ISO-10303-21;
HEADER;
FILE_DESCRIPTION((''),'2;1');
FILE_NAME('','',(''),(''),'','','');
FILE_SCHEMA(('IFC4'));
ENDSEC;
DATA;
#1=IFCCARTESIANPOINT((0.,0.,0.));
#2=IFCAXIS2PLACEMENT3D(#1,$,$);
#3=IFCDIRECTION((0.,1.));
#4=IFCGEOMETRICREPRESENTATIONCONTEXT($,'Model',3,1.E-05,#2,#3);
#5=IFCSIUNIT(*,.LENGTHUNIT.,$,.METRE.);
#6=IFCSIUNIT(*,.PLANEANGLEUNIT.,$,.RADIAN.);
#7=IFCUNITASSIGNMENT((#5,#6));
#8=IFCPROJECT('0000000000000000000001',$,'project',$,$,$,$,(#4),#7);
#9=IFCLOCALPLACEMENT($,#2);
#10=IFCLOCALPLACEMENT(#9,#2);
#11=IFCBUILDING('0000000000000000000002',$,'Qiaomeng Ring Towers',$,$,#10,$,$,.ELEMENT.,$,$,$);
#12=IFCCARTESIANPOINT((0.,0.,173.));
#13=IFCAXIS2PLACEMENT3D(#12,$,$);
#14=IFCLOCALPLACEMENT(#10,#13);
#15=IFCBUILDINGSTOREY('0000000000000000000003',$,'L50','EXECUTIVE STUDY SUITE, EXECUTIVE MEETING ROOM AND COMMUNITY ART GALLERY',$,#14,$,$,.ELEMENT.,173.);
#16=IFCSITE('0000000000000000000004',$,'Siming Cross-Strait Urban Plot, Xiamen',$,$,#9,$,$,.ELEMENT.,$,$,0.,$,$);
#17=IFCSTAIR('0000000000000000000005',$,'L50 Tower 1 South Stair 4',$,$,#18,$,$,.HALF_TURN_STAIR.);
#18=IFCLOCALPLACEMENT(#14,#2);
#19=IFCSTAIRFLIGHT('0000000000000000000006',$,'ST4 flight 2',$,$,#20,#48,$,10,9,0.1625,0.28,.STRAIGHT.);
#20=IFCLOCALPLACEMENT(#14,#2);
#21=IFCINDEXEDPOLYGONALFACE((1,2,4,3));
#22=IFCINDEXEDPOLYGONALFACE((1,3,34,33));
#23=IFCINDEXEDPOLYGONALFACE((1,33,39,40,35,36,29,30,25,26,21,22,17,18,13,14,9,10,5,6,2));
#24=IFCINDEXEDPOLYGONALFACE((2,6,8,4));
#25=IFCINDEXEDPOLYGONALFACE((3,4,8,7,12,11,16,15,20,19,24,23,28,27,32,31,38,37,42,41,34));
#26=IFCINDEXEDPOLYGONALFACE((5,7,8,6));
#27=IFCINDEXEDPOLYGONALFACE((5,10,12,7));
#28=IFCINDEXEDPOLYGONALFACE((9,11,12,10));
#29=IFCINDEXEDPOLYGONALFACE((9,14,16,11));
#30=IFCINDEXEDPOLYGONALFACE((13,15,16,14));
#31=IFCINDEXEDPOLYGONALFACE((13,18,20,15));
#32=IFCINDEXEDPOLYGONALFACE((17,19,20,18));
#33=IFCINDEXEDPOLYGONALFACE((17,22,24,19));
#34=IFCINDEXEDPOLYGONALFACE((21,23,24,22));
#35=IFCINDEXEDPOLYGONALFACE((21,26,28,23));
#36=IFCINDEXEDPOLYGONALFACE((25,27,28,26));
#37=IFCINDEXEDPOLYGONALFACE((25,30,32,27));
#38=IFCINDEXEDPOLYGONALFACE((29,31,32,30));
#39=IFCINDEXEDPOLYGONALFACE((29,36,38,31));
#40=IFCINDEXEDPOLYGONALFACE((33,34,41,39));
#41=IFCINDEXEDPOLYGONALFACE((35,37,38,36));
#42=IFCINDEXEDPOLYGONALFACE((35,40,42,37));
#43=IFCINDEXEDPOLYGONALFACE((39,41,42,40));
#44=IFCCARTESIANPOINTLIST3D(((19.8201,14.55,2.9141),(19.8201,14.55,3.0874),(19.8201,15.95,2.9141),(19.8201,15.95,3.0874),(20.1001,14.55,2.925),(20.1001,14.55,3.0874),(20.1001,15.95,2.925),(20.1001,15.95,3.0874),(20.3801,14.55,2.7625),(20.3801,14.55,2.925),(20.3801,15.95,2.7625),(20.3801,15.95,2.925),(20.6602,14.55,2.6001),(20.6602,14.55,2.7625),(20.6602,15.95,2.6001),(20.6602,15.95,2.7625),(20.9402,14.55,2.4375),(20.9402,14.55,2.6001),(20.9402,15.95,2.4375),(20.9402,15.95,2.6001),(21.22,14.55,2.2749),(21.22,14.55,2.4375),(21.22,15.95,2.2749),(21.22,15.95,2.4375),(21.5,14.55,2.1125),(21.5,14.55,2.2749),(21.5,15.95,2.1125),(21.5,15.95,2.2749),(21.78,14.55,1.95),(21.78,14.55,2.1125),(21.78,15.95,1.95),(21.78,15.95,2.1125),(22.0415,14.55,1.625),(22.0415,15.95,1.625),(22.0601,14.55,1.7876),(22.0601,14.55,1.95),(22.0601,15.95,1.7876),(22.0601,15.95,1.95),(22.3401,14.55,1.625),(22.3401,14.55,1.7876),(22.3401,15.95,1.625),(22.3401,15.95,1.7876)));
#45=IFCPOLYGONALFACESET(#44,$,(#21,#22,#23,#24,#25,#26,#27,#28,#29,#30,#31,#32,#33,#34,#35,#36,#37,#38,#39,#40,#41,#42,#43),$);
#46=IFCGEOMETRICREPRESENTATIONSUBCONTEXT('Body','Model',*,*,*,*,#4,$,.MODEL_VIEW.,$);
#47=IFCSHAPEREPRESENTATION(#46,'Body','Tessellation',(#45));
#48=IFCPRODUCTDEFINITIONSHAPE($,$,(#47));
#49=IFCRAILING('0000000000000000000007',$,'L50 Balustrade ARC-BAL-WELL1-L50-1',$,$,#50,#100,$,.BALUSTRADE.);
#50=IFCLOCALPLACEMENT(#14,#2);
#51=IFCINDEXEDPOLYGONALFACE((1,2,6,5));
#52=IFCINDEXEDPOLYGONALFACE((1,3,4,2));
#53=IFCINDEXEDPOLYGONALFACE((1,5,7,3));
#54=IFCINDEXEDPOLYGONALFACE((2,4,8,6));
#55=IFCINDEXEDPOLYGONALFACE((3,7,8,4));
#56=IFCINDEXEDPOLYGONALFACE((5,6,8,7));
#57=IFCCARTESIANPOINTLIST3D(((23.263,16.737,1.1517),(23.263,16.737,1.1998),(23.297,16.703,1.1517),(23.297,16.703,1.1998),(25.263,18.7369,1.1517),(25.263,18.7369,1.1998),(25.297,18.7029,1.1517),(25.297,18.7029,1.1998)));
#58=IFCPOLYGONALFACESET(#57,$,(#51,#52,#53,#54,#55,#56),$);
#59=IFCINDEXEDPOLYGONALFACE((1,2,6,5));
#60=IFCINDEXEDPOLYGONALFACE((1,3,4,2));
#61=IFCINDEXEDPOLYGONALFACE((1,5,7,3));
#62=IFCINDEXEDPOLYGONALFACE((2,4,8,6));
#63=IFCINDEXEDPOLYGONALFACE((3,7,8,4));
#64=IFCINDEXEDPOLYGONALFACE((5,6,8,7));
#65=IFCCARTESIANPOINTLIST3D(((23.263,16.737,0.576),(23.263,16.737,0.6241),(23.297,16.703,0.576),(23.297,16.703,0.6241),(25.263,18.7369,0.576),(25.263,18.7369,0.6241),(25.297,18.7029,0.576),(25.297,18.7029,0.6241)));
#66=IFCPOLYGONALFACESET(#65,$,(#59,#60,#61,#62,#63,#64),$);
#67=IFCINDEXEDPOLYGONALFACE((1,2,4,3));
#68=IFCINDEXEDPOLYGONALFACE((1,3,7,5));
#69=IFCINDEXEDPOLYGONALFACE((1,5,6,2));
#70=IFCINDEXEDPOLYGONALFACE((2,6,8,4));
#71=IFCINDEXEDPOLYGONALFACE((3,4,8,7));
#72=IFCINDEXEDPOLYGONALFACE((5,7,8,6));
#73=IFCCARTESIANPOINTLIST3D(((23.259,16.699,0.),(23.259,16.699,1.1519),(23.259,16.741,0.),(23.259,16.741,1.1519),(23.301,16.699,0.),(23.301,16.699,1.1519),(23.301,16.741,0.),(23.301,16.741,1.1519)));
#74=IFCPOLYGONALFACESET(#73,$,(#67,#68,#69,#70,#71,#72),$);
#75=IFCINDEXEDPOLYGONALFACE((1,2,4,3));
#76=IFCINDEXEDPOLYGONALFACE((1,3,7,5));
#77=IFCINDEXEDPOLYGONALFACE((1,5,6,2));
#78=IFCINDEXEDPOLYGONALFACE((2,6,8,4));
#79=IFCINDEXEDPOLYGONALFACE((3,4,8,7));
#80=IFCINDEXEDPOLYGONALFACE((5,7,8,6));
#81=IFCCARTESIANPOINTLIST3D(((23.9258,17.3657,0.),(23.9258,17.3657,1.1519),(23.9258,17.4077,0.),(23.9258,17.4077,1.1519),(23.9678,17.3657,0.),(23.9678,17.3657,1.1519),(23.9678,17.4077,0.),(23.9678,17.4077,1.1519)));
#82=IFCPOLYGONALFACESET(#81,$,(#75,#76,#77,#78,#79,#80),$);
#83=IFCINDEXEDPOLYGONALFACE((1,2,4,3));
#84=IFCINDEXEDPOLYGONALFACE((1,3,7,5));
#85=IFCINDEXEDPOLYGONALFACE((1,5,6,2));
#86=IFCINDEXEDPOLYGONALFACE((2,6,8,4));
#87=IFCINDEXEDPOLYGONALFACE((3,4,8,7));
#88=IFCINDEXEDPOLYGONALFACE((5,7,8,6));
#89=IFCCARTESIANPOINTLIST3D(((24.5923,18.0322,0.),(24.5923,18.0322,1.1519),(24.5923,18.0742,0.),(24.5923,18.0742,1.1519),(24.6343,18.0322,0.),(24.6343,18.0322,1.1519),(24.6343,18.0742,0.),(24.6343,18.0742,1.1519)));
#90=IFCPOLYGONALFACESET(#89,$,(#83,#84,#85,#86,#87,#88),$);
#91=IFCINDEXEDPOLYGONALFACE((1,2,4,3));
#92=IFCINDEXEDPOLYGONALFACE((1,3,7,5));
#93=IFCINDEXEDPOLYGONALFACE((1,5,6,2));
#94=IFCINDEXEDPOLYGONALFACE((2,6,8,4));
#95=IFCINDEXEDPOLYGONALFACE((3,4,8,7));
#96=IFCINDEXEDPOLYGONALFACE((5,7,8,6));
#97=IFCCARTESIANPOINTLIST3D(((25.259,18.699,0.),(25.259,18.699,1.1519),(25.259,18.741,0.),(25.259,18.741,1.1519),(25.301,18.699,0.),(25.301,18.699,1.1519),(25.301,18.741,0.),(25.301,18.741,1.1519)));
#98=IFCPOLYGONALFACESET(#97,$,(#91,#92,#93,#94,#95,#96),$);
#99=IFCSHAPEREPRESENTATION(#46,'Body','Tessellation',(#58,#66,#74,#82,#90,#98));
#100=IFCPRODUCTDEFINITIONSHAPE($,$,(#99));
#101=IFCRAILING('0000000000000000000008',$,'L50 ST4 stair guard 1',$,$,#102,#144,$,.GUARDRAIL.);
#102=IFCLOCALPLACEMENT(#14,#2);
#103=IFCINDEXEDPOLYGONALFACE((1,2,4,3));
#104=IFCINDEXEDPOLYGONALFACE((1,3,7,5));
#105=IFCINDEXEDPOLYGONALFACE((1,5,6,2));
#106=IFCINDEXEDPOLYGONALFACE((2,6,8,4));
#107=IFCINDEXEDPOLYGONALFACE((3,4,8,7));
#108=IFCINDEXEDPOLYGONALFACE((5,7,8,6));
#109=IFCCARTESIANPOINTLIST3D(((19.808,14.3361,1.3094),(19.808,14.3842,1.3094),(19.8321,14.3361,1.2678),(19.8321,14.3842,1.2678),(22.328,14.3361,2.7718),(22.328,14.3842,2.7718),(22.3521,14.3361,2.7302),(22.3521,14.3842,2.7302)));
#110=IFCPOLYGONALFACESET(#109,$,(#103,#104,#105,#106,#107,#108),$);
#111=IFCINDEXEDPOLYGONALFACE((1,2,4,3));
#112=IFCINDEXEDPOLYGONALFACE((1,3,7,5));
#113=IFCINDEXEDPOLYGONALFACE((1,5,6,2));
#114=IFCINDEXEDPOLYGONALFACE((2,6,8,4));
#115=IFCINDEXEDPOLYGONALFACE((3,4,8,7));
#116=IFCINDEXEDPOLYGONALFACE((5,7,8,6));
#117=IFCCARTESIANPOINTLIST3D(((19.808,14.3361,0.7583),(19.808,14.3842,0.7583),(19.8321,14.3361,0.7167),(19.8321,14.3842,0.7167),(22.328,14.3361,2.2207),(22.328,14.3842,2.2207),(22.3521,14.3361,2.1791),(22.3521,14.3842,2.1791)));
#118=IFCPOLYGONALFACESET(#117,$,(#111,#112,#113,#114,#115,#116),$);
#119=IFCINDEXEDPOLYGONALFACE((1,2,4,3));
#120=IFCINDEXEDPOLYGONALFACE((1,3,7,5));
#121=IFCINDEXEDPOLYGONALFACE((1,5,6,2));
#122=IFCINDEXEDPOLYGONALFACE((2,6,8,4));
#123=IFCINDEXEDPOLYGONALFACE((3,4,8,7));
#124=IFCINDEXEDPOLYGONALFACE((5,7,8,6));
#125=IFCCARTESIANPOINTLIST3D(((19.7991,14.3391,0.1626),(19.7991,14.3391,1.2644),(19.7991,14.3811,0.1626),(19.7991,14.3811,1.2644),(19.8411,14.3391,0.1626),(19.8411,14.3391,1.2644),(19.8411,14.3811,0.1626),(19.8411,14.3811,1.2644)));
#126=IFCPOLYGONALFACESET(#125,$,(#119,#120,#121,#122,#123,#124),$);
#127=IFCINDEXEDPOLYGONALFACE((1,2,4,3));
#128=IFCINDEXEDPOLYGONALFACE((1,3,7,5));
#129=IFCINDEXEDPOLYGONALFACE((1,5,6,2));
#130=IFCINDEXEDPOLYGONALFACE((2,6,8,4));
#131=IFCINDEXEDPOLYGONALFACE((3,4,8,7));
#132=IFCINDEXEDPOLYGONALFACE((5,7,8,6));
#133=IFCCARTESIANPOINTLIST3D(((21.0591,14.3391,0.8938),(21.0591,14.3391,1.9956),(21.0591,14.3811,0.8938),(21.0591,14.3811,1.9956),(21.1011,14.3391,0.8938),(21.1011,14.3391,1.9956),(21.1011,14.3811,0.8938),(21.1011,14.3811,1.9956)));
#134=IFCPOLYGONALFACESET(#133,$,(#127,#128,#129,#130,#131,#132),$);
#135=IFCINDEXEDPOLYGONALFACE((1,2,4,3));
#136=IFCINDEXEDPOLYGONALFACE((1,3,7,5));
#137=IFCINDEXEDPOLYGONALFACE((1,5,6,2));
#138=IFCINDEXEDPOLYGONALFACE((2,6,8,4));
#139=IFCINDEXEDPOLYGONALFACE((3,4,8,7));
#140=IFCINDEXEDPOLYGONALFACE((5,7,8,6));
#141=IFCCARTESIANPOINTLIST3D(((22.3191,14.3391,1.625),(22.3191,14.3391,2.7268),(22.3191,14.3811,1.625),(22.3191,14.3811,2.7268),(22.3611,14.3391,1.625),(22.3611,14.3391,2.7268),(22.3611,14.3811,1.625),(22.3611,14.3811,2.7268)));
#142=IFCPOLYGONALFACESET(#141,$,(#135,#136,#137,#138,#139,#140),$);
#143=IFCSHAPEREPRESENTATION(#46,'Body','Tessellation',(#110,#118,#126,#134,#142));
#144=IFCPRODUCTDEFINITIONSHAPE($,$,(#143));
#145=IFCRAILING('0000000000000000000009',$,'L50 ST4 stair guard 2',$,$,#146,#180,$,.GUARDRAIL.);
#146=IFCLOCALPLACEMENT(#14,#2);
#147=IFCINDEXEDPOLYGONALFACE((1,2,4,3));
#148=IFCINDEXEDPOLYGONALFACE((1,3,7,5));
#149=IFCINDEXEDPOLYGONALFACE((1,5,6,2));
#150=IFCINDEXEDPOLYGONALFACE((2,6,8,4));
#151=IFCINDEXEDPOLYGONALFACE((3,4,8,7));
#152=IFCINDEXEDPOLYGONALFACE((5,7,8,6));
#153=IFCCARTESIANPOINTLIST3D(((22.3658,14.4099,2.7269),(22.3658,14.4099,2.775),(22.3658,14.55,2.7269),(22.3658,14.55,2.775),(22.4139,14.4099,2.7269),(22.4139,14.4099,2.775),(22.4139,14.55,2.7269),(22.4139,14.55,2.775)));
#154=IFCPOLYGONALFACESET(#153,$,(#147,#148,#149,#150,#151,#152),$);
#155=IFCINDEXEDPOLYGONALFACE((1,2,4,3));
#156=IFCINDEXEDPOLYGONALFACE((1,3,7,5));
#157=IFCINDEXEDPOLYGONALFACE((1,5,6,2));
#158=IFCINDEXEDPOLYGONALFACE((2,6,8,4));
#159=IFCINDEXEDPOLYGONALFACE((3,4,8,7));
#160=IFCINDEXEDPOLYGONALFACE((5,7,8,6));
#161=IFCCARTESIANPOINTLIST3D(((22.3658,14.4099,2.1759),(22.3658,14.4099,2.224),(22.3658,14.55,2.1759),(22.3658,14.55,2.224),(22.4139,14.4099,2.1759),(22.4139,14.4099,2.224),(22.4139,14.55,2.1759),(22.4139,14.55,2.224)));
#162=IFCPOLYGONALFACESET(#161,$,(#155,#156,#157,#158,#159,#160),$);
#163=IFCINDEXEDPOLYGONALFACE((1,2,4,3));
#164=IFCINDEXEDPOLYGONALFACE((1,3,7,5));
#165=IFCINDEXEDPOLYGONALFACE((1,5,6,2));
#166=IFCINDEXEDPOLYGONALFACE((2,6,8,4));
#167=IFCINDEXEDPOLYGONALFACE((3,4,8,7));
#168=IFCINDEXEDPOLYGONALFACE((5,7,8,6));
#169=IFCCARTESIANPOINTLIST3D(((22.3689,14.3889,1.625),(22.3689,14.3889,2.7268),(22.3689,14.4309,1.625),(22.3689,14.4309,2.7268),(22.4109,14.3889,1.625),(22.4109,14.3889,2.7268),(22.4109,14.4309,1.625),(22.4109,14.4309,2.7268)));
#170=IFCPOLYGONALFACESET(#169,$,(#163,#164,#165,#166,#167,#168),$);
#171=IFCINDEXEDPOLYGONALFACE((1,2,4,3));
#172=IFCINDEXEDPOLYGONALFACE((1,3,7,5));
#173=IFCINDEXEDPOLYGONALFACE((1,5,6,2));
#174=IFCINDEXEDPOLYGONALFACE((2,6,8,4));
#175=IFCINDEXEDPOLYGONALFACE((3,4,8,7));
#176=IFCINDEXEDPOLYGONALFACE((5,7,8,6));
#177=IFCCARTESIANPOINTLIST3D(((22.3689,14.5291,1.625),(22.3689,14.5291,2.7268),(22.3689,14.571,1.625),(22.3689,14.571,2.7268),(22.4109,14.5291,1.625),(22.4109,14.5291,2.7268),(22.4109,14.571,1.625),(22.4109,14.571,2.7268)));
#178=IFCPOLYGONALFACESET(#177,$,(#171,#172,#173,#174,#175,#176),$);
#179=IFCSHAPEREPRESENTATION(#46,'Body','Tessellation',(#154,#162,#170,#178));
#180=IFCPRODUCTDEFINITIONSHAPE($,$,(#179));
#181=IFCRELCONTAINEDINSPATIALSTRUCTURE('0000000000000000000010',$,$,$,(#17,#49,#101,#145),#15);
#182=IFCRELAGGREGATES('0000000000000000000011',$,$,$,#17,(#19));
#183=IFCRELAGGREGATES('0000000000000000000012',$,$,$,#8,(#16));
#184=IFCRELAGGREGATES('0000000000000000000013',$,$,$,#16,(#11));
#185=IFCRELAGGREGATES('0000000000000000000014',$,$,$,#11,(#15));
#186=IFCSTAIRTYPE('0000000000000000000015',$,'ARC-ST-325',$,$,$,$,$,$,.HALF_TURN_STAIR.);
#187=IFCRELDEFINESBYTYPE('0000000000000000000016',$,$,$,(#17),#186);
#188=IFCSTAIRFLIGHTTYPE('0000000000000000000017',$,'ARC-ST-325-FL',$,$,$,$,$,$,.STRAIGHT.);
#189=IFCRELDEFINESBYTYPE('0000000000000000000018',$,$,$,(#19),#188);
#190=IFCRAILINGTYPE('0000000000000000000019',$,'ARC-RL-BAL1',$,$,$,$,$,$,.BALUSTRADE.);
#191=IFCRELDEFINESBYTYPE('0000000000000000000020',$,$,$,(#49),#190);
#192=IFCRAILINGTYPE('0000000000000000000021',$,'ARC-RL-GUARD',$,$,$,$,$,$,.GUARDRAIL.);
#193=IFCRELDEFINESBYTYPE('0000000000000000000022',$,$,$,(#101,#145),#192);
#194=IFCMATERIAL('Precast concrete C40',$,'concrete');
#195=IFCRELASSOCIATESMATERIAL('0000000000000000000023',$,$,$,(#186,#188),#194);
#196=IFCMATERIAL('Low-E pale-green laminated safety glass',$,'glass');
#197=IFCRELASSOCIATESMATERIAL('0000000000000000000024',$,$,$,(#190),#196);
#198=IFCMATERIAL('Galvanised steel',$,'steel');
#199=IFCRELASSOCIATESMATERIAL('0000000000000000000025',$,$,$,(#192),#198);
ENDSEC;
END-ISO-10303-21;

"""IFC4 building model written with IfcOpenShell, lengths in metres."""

from ifc_helpers import new_model, si_unit, direction, frame, origin, origin_2d, place, context, subcontext, project, spatial, polyline, rectangle, outline, extrude, source, transform, mapped, material, type_object, element, aggregate, save


model = new_model("IFC4")

# Units and contexts
model_context = context("Model", 3, precision=1e-05, world=origin(), true_north=direction((0.0, 1.0)))
body_context = subcontext(model_context, "Body", "Model", "MODEL_VIEW")
ifc_project = project(units=[si_unit("LENGTHUNIT", "METRE"), si_unit("PLANEANGLEUNIT", "RADIAN")], contexts=[model_context])

# Site, building, storey
site_placement = place(None, origin())
site = spatial("IfcSite", under=ifc_project, at=site_placement, Name="Siming Cross-Strait Urban Plot, Xiamen", CompositionType="ELEMENT", RefElevation=0.0)
building_placement = place(site_placement, origin())
building = spatial("IfcBuilding", under=site, at=building_placement, Name="Qiaomeng Ring Towers", CompositionType="ELEMENT")
storey_placement = place(building_placement, frame((0.0, 0.0, 173.0)))
storey = spatial("IfcBuildingStorey", under=building, at=storey_placement, Name="L50", Description="EXECUTIVE STUDY SUITE, EXECUTIVE MEETING ROOM AND COMMUNITY ART GALLERY", CompositionType="ELEMENT", Elevation=173.0)

# Shared definitions
ifc_material_1 = material(Name="Galvanised steel", Category="steel")

# Stair, stair flight
ifc_material_2 = material(Name="Precast concrete C40", Category="concrete")
stair_type = type_object("IfcStairType", Name="ARC-ST-325", PredefinedType="HALF_TURN_STAIR", material=ifc_material_2)
stair_placement = place(storey_placement, origin())
stair = element("IfcStair", 1, at=stair_placement, inside=storey, type_object=stair_type, Name="L50 Tower 1 South Stair 4", PredefinedType="HALF_TURN_STAIR")
stair_flight_type = type_object("IfcStairFlightType", Name="ARC-ST-325-FL", PredefinedType="STRAIGHT", material=ifc_material_2)
shared_shape_1 = source(origin(), body_context, "Body", "SweptSolid", [
    extrude(outline(polyline([(0.0, 0.0), (0.0, 0.1626), (0.28, 0.1626), (0.28, 0.325), (0.5601, 0.325), (0.5601, 0.4875), (0.8401, 0.4875), (0.8401, 0.6499), (1.1201, 0.6499), (1.1201, 0.8125), (1.3999, 0.8125), (1.3999, 0.9751), (1.6799, 0.9751), (1.6799, 1.1375), (1.96, 1.1375), (1.96, 1.3), (2.24, 1.3), (2.24, 1.4624), (2.52, 1.4624), (2.52, 1.625), (2.52, 1.2891), (0.2986, 0.0), (0.0, 0.0)])), frame((0.0, 0.7, 0.0), z_axis=(0.0, -1.0, 0.0), x_axis=(1.0, 0.0, 0.0)), (0.0, 0.0, 1.0), 1.3999),
])
stair_flight_1_placement = place(storey_placement, frame((22.3401, 15.25, 1.625), z_axis=(0.0, 0.0, 1.0), x_axis=(-1.0, 0.0, 0.0)))
stair_flight_1 = element("IfcStairFlight", 2, at=stair_flight_1_placement, type_object=stair_flight_type, Name="ST4 flight 2", NumberOfRisers=10, NumberOfTreads=9, PredefinedType="STRAIGHT", RiserHeight=0.1625, TreadLength=0.28, context=body_context, shape_type="MappedRepresentation", body=[
    mapped(shared_shape_1, transform((0.0, 0.0, 0.0), x_axis=(1.0, 0.0, 0.0), y_axis=(0.0, 1.0, 0.0), z_axis=(0.0, 0.0, 1.0), scale=1.0)),
])
aggregate(stair, [stair_flight_1])

# Railings
ifc_material_3 = material(Name="Low-E pale-green laminated safety glass", Category="glass")
railing_type_1 = type_object("IfcRailingType", Name="ARC-RL-BAL1", PredefinedType="BALUSTRADE", material=ifc_material_3)
railing_1_placement = place(storey_placement, frame((23.28, 16.72, 0.0)))
element("IfcRailing", 3, at=railing_1_placement, inside=storey, type_object=railing_type_1, Name="L50 Balustrade ARC-BAL-WELL1-L50-1", PredefinedType="BALUSTRADE", context=body_context, shape_type="SweptSolid", body=[
    extrude(rectangle(XDim=0.0481, YDim=0.0481, at=origin_2d()), frame((0.0, 0.0, 1.1758), z_axis=(0.707107, 0.707107, 0.0), x_axis=(-0.707107, 0.707107, 0.0)), (0.0, 0.0, 1.0), 2.8284),
    extrude(rectangle(XDim=0.0481, YDim=0.0481, at=origin_2d()), frame((0.0, 0.0, 0.6001), z_axis=(0.707107, 0.707107, 0.0), x_axis=(-0.707107, 0.707107, 0.0)), (0.0, 0.0, 1.0), 2.8284),
    extrude(rectangle(XDim=0.042, YDim=0.042, at=origin_2d()), origin(), (0.0, 0.0, 1.0), 1.1519),
    extrude(rectangle(XDim=0.042, YDim=0.042, at=origin_2d()), frame((0.6667, 0.6667, 0.0)), (0.0, 0.0, 1.0), 1.1519),
    extrude(rectangle(XDim=0.042, YDim=0.042, at=origin_2d()), frame((1.3333, 1.3333, 0.0)), (0.0, 0.0, 1.0), 1.1519),
    extrude(rectangle(XDim=0.042, YDim=0.042, at=origin_2d()), frame((2.0, 2.0, 0.0)), (0.0, 0.0, 1.0), 1.1519),
])
railing_type_2 = type_object("IfcRailingType", Name="ARC-RL-GUARD", PredefinedType="GUARDRAIL", material=ifc_material_1)
railing_2_placement = place(storey_placement, frame((19.8201, 14.3601, 0.1626)))
element("IfcRailing", 4, at=railing_2_placement, inside=storey, type_object=railing_type_2, Name="L50 ST4 stair guard 1", PredefinedType="GUARDRAIL", context=body_context, shape_type="SweptSolid", body=[
    extrude(rectangle(XDim=0.0481, YDim=0.0481, at=origin_2d()), frame((0.0, 0.0, 1.126), z_axis=(0.864913, 0.0, 0.501921), x_axis=(0.0, 1.0, 0.0)), (0.0, 0.0, 1.0), 2.9136),
    extrude(rectangle(XDim=0.0481, YDim=0.0481, at=origin_2d()), frame((0.0, 0.0, 0.575), z_axis=(0.864913, 0.0, 0.501921), x_axis=(0.0, 1.0, 0.0)), (0.0, 0.0, 1.0), 2.9136),
    extrude(rectangle(XDim=0.042, YDim=0.042, at=origin_2d()), origin(), (0.0, 0.0, 1.0), 1.1018),
    extrude(rectangle(XDim=0.042, YDim=0.042, at=origin_2d()), frame((1.26, 0.0, 0.7312)), (0.0, 0.0, 1.0), 1.1018),
    extrude(rectangle(XDim=0.042, YDim=0.042, at=origin_2d()), frame((2.52, 0.0, 1.4624)), (0.0, 0.0, 1.0), 1.1018),
])
railing_3_placement = place(storey_placement, frame((22.3899, 14.4099, 1.625)))
element("IfcRailing", 5, at=railing_3_placement, inside=storey, type_object=railing_type_2, Name="L50 ST4 stair guard 2", PredefinedType="GUARDRAIL", context=body_context, shape_type="SweptSolid", body=[
    extrude(rectangle(XDim=0.0481, YDim=0.0481, at=origin_2d()), frame((0.0, 0.0, 1.126), z_axis=(0.0, 1.0, 0.0), x_axis=(-1.0, 0.0, 0.0)), (0.0, 0.0, 1.0), 0.1401),
    extrude(rectangle(XDim=0.0481, YDim=0.0481, at=origin_2d()), frame((0.0, 0.0, 0.575), z_axis=(0.0, 1.0, 0.0), x_axis=(-1.0, 0.0, 0.0)), (0.0, 0.0, 1.0), 0.1401),
    extrude(rectangle(XDim=0.042, YDim=0.042, at=origin_2d()), origin(), (0.0, 0.0, 1.0), 1.1018),
    extrude(rectangle(XDim=0.042, YDim=0.042, at=origin_2d()), frame((0.0, 0.1401, 0.0)), (0.0, 0.0, 1.0), 1.1018),
])

save(model, "model.ifc")
